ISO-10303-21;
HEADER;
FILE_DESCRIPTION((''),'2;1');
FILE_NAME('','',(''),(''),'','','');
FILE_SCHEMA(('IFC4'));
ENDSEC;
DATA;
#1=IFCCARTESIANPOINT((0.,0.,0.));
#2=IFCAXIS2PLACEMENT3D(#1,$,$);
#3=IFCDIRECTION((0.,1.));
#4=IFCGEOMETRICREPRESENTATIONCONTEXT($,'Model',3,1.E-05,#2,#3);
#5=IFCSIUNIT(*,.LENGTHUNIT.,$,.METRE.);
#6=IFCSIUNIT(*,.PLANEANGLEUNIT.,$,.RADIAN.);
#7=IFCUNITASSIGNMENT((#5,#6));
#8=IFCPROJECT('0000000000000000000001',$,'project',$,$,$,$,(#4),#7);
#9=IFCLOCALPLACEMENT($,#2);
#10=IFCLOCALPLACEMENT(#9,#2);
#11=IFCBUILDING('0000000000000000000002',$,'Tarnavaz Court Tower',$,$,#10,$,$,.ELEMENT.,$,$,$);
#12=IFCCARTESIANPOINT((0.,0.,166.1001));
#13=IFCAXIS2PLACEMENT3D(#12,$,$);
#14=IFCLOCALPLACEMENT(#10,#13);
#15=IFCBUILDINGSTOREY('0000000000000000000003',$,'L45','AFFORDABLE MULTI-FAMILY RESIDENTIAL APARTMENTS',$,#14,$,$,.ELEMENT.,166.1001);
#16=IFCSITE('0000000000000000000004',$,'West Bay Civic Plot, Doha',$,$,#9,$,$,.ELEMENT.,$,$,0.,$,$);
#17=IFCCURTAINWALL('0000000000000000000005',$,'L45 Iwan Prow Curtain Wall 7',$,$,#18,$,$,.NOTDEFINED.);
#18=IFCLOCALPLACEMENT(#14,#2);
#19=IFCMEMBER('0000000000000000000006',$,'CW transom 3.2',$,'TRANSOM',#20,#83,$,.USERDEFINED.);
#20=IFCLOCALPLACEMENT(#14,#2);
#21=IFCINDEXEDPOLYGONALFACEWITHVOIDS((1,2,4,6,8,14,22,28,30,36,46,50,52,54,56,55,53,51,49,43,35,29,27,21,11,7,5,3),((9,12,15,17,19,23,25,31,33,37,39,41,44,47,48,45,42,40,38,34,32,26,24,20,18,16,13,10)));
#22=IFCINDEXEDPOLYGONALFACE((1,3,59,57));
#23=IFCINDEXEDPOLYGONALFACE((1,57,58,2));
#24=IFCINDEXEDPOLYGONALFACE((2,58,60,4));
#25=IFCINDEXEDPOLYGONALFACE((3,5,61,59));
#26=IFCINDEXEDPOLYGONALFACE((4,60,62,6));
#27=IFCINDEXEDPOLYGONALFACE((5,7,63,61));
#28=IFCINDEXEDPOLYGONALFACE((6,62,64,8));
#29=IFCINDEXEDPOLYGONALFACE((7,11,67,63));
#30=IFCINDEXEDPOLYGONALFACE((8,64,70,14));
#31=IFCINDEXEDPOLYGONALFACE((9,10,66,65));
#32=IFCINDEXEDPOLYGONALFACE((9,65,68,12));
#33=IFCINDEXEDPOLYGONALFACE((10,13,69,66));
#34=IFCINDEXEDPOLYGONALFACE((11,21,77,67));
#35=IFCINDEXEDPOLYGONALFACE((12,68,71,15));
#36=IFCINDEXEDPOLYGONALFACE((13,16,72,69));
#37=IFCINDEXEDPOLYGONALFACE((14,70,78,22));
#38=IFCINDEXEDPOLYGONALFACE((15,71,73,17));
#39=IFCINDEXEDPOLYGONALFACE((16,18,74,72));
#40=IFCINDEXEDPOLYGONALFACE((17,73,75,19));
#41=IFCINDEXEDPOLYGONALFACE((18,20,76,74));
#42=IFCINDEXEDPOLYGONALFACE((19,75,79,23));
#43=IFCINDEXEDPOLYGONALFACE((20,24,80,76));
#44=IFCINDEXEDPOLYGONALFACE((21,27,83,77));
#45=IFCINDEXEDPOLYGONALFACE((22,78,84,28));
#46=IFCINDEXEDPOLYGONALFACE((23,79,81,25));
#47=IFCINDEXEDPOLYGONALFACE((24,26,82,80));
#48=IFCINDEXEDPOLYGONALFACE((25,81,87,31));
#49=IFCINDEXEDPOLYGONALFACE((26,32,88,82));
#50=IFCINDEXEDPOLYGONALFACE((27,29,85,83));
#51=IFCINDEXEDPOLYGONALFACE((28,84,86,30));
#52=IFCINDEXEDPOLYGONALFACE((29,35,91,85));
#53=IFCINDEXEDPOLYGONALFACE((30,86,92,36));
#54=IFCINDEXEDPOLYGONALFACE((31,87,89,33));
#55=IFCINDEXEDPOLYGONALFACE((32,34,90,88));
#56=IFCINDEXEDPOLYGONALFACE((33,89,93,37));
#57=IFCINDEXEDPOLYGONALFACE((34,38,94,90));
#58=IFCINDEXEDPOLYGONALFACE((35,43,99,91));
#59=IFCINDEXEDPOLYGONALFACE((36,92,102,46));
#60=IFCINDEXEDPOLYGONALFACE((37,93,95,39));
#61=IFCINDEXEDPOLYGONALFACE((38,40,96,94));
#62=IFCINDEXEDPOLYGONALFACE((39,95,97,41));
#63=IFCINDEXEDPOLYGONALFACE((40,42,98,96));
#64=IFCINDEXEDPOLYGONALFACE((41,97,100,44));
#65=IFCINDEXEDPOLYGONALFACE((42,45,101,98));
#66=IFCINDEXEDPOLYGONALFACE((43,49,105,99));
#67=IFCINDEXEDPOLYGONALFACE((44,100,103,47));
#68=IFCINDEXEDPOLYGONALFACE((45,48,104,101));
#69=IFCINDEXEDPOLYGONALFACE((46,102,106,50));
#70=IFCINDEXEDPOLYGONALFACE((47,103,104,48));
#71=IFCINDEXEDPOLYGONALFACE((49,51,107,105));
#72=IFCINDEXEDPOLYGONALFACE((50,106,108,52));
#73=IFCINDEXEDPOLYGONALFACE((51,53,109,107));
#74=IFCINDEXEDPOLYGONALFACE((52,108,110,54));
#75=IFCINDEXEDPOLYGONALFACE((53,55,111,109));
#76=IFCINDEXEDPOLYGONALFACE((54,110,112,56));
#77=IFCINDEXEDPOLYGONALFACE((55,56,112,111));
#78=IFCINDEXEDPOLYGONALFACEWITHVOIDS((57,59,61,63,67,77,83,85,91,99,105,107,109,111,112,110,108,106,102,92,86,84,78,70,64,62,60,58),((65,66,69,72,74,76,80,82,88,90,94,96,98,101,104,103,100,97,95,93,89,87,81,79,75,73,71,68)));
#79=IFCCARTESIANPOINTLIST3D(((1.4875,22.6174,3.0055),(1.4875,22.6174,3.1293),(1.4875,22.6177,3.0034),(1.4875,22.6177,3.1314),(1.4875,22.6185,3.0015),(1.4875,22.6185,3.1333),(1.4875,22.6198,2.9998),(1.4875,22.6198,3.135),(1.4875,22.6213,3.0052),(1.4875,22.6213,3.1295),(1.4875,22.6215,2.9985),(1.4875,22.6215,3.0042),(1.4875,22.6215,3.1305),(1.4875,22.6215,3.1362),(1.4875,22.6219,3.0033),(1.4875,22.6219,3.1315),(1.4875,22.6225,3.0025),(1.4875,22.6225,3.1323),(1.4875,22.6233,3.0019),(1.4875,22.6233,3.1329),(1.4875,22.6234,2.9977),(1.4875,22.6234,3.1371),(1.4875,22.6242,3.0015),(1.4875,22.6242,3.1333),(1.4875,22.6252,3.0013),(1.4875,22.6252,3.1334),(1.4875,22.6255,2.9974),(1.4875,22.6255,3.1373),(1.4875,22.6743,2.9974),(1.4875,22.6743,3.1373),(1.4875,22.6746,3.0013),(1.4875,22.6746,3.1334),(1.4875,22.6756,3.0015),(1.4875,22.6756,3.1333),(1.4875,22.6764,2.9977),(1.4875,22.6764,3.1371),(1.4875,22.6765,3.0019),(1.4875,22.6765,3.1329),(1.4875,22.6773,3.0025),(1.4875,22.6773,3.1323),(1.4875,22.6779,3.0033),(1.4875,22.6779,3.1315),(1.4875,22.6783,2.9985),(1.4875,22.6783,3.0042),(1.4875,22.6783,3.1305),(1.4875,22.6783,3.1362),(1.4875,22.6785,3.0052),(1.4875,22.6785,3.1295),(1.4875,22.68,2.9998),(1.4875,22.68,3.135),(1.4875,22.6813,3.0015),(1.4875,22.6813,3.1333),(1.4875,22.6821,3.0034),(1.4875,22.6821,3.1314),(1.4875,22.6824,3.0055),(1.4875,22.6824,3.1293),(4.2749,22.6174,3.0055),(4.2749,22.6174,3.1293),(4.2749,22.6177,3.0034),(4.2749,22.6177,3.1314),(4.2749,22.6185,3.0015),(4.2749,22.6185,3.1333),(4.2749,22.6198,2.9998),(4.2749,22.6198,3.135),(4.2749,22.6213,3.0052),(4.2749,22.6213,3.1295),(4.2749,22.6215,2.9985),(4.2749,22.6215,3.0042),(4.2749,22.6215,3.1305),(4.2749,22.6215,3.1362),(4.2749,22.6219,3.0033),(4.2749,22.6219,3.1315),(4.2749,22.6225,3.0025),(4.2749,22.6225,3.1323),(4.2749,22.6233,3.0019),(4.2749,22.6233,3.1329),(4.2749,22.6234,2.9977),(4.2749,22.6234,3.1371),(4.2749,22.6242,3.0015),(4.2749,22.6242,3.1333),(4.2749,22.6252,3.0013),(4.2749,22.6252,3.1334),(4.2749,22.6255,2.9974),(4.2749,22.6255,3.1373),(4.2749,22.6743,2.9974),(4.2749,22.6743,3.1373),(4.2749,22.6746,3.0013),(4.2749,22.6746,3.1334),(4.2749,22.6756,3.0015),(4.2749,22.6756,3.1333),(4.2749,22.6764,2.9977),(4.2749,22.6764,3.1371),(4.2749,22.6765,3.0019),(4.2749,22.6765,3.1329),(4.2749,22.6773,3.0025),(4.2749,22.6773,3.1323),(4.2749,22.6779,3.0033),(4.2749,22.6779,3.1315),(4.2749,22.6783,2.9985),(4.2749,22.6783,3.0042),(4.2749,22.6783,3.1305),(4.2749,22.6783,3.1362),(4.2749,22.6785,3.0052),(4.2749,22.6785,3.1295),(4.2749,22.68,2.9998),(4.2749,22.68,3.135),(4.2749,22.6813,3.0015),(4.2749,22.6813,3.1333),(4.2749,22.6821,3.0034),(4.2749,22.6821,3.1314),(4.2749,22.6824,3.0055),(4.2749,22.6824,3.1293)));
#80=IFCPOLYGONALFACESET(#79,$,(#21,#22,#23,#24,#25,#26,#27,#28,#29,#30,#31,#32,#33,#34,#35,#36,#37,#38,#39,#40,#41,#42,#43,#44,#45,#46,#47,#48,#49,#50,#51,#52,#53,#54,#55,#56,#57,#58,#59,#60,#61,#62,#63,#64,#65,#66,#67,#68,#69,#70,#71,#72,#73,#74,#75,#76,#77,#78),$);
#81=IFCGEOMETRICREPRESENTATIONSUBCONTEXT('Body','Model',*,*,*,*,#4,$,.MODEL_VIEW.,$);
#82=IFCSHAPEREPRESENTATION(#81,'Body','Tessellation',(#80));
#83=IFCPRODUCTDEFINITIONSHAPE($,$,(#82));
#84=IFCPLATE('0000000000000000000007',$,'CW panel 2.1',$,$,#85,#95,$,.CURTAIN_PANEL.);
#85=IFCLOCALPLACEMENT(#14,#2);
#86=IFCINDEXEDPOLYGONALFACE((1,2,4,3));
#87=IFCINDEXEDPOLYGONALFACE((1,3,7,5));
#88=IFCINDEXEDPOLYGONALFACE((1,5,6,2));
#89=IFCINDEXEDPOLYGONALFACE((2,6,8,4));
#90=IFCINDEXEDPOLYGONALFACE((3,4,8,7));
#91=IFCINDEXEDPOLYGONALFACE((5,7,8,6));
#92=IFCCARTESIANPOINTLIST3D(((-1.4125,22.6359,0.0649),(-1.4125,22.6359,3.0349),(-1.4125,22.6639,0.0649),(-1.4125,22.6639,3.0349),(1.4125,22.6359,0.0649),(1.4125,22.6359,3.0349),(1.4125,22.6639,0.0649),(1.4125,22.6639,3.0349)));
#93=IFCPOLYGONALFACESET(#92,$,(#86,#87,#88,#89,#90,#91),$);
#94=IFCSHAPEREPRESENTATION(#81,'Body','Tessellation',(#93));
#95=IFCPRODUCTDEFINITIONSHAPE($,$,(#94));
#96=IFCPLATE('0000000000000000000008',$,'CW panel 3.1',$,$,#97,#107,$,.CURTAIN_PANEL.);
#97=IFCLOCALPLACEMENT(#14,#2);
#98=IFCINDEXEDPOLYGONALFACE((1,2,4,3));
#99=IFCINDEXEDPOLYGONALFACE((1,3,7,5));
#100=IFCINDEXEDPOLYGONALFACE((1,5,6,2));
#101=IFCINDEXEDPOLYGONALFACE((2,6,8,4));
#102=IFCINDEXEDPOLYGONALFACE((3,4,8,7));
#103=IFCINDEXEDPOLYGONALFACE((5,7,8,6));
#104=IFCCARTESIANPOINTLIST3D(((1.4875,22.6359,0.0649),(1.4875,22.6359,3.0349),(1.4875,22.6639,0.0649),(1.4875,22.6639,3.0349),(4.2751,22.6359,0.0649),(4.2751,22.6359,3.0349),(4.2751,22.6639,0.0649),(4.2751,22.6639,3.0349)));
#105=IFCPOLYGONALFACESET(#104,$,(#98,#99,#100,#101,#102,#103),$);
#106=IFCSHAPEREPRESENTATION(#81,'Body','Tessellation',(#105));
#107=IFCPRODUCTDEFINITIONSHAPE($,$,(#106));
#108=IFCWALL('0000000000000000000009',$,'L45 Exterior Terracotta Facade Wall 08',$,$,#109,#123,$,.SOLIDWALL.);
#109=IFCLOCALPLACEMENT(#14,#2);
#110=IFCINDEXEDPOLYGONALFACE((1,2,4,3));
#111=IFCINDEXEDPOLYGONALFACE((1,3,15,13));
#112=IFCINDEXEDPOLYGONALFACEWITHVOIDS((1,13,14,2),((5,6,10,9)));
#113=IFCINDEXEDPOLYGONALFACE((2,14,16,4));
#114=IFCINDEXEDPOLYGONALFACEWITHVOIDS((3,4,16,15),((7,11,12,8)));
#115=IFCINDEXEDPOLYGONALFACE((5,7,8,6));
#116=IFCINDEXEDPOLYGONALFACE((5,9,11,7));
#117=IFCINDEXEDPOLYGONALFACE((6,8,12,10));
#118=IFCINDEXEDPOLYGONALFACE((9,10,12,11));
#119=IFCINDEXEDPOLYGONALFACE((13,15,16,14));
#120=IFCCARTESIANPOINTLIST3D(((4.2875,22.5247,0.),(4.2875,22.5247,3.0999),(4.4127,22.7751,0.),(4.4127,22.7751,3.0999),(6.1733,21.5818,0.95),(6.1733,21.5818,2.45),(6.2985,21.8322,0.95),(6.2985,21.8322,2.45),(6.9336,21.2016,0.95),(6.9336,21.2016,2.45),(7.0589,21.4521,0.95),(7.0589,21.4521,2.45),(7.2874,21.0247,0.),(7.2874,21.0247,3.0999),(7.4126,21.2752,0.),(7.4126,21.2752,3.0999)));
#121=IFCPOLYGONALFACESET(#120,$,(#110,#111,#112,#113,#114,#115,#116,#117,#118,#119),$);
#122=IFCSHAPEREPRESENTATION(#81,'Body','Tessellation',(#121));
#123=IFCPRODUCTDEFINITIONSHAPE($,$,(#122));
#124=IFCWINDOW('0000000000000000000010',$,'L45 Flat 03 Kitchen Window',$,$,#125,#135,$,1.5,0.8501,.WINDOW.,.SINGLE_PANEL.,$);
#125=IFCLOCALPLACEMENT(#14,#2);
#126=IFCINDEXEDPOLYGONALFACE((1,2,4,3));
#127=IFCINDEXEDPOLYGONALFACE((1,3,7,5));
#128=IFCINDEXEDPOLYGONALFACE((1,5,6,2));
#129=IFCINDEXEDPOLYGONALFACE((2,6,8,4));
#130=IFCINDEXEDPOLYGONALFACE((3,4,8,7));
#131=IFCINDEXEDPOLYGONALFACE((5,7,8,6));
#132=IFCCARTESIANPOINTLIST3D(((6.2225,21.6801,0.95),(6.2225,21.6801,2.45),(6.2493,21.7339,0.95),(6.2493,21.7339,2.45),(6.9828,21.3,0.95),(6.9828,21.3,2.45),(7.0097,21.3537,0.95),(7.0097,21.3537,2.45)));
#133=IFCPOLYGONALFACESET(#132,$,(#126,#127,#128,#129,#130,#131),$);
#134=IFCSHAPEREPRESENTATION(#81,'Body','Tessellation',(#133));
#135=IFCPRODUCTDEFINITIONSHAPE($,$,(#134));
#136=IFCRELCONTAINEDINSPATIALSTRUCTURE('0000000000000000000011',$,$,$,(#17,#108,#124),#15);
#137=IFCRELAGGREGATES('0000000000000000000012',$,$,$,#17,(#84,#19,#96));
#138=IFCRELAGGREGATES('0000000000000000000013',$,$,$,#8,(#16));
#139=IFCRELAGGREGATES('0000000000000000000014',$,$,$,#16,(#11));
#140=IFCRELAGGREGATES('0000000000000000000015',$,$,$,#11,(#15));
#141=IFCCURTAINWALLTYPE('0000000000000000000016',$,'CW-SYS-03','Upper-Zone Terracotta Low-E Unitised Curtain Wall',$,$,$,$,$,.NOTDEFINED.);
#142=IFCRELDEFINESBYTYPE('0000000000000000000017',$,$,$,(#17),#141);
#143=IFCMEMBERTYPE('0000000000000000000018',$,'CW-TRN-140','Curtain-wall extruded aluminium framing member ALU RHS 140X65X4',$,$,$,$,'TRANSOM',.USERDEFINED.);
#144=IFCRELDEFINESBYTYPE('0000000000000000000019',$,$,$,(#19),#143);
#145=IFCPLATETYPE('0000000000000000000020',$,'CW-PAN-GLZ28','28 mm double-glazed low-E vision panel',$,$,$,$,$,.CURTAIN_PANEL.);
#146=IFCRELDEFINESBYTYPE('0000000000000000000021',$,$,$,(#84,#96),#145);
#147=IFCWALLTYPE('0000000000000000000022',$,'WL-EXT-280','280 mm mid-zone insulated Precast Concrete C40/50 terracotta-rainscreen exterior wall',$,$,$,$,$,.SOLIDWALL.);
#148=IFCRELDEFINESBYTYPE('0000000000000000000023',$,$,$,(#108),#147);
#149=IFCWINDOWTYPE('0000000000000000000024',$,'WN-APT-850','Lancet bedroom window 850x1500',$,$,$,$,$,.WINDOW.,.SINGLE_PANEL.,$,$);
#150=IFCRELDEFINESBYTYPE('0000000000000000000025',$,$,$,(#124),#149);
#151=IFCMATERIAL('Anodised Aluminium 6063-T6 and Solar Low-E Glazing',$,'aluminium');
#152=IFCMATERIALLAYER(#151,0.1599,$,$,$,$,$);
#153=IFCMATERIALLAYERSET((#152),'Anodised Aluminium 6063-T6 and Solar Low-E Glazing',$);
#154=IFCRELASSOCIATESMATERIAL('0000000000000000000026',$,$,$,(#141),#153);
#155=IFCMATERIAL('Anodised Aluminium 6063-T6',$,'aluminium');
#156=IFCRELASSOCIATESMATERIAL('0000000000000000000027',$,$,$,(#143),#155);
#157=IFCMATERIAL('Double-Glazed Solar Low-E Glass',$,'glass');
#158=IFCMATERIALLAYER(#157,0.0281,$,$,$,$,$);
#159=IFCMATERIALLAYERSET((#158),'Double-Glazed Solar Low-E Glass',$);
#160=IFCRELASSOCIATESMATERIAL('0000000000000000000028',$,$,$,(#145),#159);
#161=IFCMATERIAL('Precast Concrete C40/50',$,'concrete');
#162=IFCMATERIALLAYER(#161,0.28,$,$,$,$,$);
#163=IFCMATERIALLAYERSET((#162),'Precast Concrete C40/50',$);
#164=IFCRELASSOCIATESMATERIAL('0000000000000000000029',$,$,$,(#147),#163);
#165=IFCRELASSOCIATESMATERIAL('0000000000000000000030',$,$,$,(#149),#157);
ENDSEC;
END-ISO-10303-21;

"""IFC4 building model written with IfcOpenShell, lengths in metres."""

from ifc_helpers import new_model, si_unit, direction, frame, frame_2d, origin, origin_2d, place, context, subcontext, project, spatial, rectangle, hollow_rectangle, extrude, material, layer, layer_set, material_profile, profile_set, type_object, element, fill, aggregate, save


model = new_model("IFC4")

# Units and contexts
model_context = context("Model", 3, precision=1e-05, world=origin(), true_north=direction((0.0, 1.0)))
body_context = subcontext(model_context, "Body", "Model", "MODEL_VIEW")
ifc_project = project(units=[si_unit("LENGTHUNIT", "METRE"), si_unit("PLANEANGLEUNIT", "RADIAN")], contexts=[model_context])

# Site, building, storey
site_placement = place(None, origin())
site = spatial("IfcSite", under=ifc_project, at=site_placement, Name="West Bay Civic Plot, Doha", CompositionType="ELEMENT", RefElevation=0.0)
building_placement = place(site_placement, origin())
building = spatial("IfcBuilding", under=site, at=building_placement, Name="Tarnavaz Court Tower", CompositionType="ELEMENT")
storey_placement = place(building_placement, frame((0.0, 0.0, 166.1001)))
storey = spatial("IfcBuildingStorey", under=building, at=storey_placement, Name="L45", Description="AFFORDABLE MULTI-FAMILY RESIDENTIAL APARTMENTS", CompositionType="ELEMENT", Elevation=166.1001)

# Curtain wall, member, plates
ifc_material_1 = material(Name="Anodised Aluminium 6063-T6 and Solar Low-E Glazing", Category="aluminium")
ifc_layer_1 = layer(ifc_material_1, 0.1599)
ifc_layer_set_1 = layer_set([ifc_layer_1], Name="Anodised Aluminium 6063-T6 and Solar Low-E Glazing")
curtain_wall_type = type_object("IfcCurtainWallType", Name="CW-SYS-03", Description="Upper-Zone Terracotta Low-E Unitised Curtain Wall", PredefinedType="NOTDEFINED", material=ifc_layer_set_1)
curtain_wall_placement = place(storey_placement, origin())
curtain_wall = element("IfcCurtainWall", 1, at=curtain_wall_placement, inside=storey, type_object=curtain_wall_type, Name="L45 Iwan Prow Curtain Wall 7", PredefinedType="NOTDEFINED")
ifc_material_2 = material(Name="Anodised Aluminium 6063-T6", Category="aluminium")
ifc_material_profile_1 = material_profile(ifc_material_2, hollow_rectangle(XDim=0.0649, YDim=0.1399, WallThickness=0.0039, InnerFilletRadius=0.0039, OuterFilletRadius=0.0081, at=origin_2d()), Name="ALU RHS 140X65X4")
ifc_profile_set_1 = profile_set([ifc_material_profile_1], Name="Anodised Aluminium 6063-T6")
member_type_1 = type_object("IfcMemberType", Name="CW-TRN-140", Description="Curtain-wall extruded aluminium framing member ALU RHS 140X65X4", ElementType="TRANSOM", PredefinedType="USERDEFINED", material=ifc_profile_set_1)
member_1_placement = place(storey_placement, frame((1.4875, 22.6499, 3.0674), z_axis=(1.0, 0.0, 0.0), x_axis=(0.0, 1.0, 0.0)))
member_1 = element("IfcMember", 2, at=member_1_placement, type_object=member_type_1, Name="CW transom 3.2", ObjectType="TRANSOM", PredefinedType="USERDEFINED", context=body_context, shape_type="SweptSolid", body=[
    extrude(hollow_rectangle(XDim=0.0649, YDim=0.1399, WallThickness=0.0039, InnerFilletRadius=0.0039, OuterFilletRadius=0.0081, at=origin_2d()), origin(), (0.0, 0.0, 1.0), 2.7874),
])
ifc_material_3 = material(Name="Double-Glazed Solar Low-E Glass", Category="glass")
ifc_layer_2 = layer(ifc_material_3, 0.0281)
ifc_layer_set_2 = layer_set([ifc_layer_2], Name="Double-Glazed Solar Low-E Glass")
plate_type = type_object("IfcPlateType", Name="CW-PAN-GLZ28", Description="28 mm double-glazed low-E vision panel", PredefinedType="CURTAIN_PANEL", material=ifc_layer_set_2)
plate_1_placement = place(storey_placement, frame((0.0, 22.6499, 0.0649), z_axis=(0.0, 0.0, 1.0), x_axis=(1.0, 0.0, 0.0)))
plate_1 = element("IfcPlate", 3, at=plate_1_placement, type_object=plate_type, Name="CW panel 2.1", PredefinedType="CURTAIN_PANEL", context=body_context, shape_type="SweptSolid", body=[
    extrude(rectangle(XDim=2.825, YDim=0.0281, at=origin_2d()), origin(), (0.0, 0.0, 1.0), 2.97),
])
plate_2_placement = place(storey_placement, frame((2.8813, 22.6499, 0.0649), z_axis=(0.0, 0.0, 1.0), x_axis=(1.0, 0.0, 0.0)))
plate_2 = element("IfcPlate", 4, at=plate_2_placement, type_object=plate_type, Name="CW panel 3.1", PredefinedType="CURTAIN_PANEL", context=body_context, shape_type="SweptSolid", body=[
    extrude(rectangle(XDim=2.7876, YDim=0.0281, at=origin_2d()), origin(), (0.0, 0.0, 1.0), 2.97),
])
aggregate(curtain_wall, [plate_1, member_1, plate_2])

# Wall, opening, window
ifc_material_4 = material(Name="Precast Concrete C40/50", Category="concrete")
ifc_layer_3 = layer(ifc_material_4, 0.28)
ifc_layer_set_3 = layer_set([ifc_layer_3], Name="Precast Concrete C40/50")
wall_type_1 = type_object("IfcWallType", Name="WL-EXT-280", Description="280 mm mid-zone insulated Precast Concrete C40/50 terracotta-rainscreen exterior wall", PredefinedType="SOLIDWALL", material=ifc_layer_set_3)
wall_1_placement = place(storey_placement, frame((4.3501, 22.6499, 0.0), z_axis=(0.0, 0.0, 1.0), x_axis=(0.894427, -0.447214, 0.0)))
wall_1 = element("IfcWall", 5, at=wall_1_placement, inside=storey, type_object=wall_type_1, Name="L45 Exterior Terracotta Facade Wall 08", PredefinedType="SOLIDWALL", context=body_context, shape_type="SweptSolid", body=[
    extrude(rectangle(XDim=3.354, YDim=0.28, at=frame_2d((1.677, 0.0))), origin(), (0.0, 0.0, 1.0), 3.0999),
])
opening_1_placement = place(wall_1_placement, frame((2.1084, 0.0, 0.95)))
opening_1 = element("IfcOpeningElement", 6, at=opening_1_placement, cuts=wall_1, PredefinedType="OPENING", context=body_context, shape_type="SweptSolid", body=[
    extrude(rectangle(XDim=0.8501, YDim=1.5, at=frame_2d((0.425, 0.75))), frame((0.0, 0.1499, 0.0), z_axis=(0.0, -1.0, 0.0), x_axis=(1.0, 0.0, 0.0)), (0.0, 0.0, 1.0), 0.3),
])
window_type_1 = type_object("IfcWindowType", Name="WN-APT-850", Description="Lancet bedroom window 850x1500", PartitioningType="SINGLE_PANEL", PredefinedType="WINDOW", material=ifc_material_3)
window_1_placement = place(opening_1_placement, origin())
window_1 = element("IfcWindow", 7, at=window_1_placement, inside=storey, type_object=window_type_1, Name="L45 Flat 03 Kitchen Window", OverallHeight=1.5, OverallWidth=0.8501, PartitioningType="SINGLE_PANEL", PredefinedType="WINDOW", context=body_context, shape_type="SweptSolid", body=[
    extrude(rectangle(XDim=0.8501, YDim=1.5, at=frame_2d((0.425, 0.75))), frame((0.0, 0.03, 0.0), z_axis=(0.0, -1.0, 0.0), x_axis=(1.0, 0.0, 0.0)), (0.0, 0.0, 1.0), 0.0601),
])
fill(opening_1, window_1)

save(model, "model.ifc")
